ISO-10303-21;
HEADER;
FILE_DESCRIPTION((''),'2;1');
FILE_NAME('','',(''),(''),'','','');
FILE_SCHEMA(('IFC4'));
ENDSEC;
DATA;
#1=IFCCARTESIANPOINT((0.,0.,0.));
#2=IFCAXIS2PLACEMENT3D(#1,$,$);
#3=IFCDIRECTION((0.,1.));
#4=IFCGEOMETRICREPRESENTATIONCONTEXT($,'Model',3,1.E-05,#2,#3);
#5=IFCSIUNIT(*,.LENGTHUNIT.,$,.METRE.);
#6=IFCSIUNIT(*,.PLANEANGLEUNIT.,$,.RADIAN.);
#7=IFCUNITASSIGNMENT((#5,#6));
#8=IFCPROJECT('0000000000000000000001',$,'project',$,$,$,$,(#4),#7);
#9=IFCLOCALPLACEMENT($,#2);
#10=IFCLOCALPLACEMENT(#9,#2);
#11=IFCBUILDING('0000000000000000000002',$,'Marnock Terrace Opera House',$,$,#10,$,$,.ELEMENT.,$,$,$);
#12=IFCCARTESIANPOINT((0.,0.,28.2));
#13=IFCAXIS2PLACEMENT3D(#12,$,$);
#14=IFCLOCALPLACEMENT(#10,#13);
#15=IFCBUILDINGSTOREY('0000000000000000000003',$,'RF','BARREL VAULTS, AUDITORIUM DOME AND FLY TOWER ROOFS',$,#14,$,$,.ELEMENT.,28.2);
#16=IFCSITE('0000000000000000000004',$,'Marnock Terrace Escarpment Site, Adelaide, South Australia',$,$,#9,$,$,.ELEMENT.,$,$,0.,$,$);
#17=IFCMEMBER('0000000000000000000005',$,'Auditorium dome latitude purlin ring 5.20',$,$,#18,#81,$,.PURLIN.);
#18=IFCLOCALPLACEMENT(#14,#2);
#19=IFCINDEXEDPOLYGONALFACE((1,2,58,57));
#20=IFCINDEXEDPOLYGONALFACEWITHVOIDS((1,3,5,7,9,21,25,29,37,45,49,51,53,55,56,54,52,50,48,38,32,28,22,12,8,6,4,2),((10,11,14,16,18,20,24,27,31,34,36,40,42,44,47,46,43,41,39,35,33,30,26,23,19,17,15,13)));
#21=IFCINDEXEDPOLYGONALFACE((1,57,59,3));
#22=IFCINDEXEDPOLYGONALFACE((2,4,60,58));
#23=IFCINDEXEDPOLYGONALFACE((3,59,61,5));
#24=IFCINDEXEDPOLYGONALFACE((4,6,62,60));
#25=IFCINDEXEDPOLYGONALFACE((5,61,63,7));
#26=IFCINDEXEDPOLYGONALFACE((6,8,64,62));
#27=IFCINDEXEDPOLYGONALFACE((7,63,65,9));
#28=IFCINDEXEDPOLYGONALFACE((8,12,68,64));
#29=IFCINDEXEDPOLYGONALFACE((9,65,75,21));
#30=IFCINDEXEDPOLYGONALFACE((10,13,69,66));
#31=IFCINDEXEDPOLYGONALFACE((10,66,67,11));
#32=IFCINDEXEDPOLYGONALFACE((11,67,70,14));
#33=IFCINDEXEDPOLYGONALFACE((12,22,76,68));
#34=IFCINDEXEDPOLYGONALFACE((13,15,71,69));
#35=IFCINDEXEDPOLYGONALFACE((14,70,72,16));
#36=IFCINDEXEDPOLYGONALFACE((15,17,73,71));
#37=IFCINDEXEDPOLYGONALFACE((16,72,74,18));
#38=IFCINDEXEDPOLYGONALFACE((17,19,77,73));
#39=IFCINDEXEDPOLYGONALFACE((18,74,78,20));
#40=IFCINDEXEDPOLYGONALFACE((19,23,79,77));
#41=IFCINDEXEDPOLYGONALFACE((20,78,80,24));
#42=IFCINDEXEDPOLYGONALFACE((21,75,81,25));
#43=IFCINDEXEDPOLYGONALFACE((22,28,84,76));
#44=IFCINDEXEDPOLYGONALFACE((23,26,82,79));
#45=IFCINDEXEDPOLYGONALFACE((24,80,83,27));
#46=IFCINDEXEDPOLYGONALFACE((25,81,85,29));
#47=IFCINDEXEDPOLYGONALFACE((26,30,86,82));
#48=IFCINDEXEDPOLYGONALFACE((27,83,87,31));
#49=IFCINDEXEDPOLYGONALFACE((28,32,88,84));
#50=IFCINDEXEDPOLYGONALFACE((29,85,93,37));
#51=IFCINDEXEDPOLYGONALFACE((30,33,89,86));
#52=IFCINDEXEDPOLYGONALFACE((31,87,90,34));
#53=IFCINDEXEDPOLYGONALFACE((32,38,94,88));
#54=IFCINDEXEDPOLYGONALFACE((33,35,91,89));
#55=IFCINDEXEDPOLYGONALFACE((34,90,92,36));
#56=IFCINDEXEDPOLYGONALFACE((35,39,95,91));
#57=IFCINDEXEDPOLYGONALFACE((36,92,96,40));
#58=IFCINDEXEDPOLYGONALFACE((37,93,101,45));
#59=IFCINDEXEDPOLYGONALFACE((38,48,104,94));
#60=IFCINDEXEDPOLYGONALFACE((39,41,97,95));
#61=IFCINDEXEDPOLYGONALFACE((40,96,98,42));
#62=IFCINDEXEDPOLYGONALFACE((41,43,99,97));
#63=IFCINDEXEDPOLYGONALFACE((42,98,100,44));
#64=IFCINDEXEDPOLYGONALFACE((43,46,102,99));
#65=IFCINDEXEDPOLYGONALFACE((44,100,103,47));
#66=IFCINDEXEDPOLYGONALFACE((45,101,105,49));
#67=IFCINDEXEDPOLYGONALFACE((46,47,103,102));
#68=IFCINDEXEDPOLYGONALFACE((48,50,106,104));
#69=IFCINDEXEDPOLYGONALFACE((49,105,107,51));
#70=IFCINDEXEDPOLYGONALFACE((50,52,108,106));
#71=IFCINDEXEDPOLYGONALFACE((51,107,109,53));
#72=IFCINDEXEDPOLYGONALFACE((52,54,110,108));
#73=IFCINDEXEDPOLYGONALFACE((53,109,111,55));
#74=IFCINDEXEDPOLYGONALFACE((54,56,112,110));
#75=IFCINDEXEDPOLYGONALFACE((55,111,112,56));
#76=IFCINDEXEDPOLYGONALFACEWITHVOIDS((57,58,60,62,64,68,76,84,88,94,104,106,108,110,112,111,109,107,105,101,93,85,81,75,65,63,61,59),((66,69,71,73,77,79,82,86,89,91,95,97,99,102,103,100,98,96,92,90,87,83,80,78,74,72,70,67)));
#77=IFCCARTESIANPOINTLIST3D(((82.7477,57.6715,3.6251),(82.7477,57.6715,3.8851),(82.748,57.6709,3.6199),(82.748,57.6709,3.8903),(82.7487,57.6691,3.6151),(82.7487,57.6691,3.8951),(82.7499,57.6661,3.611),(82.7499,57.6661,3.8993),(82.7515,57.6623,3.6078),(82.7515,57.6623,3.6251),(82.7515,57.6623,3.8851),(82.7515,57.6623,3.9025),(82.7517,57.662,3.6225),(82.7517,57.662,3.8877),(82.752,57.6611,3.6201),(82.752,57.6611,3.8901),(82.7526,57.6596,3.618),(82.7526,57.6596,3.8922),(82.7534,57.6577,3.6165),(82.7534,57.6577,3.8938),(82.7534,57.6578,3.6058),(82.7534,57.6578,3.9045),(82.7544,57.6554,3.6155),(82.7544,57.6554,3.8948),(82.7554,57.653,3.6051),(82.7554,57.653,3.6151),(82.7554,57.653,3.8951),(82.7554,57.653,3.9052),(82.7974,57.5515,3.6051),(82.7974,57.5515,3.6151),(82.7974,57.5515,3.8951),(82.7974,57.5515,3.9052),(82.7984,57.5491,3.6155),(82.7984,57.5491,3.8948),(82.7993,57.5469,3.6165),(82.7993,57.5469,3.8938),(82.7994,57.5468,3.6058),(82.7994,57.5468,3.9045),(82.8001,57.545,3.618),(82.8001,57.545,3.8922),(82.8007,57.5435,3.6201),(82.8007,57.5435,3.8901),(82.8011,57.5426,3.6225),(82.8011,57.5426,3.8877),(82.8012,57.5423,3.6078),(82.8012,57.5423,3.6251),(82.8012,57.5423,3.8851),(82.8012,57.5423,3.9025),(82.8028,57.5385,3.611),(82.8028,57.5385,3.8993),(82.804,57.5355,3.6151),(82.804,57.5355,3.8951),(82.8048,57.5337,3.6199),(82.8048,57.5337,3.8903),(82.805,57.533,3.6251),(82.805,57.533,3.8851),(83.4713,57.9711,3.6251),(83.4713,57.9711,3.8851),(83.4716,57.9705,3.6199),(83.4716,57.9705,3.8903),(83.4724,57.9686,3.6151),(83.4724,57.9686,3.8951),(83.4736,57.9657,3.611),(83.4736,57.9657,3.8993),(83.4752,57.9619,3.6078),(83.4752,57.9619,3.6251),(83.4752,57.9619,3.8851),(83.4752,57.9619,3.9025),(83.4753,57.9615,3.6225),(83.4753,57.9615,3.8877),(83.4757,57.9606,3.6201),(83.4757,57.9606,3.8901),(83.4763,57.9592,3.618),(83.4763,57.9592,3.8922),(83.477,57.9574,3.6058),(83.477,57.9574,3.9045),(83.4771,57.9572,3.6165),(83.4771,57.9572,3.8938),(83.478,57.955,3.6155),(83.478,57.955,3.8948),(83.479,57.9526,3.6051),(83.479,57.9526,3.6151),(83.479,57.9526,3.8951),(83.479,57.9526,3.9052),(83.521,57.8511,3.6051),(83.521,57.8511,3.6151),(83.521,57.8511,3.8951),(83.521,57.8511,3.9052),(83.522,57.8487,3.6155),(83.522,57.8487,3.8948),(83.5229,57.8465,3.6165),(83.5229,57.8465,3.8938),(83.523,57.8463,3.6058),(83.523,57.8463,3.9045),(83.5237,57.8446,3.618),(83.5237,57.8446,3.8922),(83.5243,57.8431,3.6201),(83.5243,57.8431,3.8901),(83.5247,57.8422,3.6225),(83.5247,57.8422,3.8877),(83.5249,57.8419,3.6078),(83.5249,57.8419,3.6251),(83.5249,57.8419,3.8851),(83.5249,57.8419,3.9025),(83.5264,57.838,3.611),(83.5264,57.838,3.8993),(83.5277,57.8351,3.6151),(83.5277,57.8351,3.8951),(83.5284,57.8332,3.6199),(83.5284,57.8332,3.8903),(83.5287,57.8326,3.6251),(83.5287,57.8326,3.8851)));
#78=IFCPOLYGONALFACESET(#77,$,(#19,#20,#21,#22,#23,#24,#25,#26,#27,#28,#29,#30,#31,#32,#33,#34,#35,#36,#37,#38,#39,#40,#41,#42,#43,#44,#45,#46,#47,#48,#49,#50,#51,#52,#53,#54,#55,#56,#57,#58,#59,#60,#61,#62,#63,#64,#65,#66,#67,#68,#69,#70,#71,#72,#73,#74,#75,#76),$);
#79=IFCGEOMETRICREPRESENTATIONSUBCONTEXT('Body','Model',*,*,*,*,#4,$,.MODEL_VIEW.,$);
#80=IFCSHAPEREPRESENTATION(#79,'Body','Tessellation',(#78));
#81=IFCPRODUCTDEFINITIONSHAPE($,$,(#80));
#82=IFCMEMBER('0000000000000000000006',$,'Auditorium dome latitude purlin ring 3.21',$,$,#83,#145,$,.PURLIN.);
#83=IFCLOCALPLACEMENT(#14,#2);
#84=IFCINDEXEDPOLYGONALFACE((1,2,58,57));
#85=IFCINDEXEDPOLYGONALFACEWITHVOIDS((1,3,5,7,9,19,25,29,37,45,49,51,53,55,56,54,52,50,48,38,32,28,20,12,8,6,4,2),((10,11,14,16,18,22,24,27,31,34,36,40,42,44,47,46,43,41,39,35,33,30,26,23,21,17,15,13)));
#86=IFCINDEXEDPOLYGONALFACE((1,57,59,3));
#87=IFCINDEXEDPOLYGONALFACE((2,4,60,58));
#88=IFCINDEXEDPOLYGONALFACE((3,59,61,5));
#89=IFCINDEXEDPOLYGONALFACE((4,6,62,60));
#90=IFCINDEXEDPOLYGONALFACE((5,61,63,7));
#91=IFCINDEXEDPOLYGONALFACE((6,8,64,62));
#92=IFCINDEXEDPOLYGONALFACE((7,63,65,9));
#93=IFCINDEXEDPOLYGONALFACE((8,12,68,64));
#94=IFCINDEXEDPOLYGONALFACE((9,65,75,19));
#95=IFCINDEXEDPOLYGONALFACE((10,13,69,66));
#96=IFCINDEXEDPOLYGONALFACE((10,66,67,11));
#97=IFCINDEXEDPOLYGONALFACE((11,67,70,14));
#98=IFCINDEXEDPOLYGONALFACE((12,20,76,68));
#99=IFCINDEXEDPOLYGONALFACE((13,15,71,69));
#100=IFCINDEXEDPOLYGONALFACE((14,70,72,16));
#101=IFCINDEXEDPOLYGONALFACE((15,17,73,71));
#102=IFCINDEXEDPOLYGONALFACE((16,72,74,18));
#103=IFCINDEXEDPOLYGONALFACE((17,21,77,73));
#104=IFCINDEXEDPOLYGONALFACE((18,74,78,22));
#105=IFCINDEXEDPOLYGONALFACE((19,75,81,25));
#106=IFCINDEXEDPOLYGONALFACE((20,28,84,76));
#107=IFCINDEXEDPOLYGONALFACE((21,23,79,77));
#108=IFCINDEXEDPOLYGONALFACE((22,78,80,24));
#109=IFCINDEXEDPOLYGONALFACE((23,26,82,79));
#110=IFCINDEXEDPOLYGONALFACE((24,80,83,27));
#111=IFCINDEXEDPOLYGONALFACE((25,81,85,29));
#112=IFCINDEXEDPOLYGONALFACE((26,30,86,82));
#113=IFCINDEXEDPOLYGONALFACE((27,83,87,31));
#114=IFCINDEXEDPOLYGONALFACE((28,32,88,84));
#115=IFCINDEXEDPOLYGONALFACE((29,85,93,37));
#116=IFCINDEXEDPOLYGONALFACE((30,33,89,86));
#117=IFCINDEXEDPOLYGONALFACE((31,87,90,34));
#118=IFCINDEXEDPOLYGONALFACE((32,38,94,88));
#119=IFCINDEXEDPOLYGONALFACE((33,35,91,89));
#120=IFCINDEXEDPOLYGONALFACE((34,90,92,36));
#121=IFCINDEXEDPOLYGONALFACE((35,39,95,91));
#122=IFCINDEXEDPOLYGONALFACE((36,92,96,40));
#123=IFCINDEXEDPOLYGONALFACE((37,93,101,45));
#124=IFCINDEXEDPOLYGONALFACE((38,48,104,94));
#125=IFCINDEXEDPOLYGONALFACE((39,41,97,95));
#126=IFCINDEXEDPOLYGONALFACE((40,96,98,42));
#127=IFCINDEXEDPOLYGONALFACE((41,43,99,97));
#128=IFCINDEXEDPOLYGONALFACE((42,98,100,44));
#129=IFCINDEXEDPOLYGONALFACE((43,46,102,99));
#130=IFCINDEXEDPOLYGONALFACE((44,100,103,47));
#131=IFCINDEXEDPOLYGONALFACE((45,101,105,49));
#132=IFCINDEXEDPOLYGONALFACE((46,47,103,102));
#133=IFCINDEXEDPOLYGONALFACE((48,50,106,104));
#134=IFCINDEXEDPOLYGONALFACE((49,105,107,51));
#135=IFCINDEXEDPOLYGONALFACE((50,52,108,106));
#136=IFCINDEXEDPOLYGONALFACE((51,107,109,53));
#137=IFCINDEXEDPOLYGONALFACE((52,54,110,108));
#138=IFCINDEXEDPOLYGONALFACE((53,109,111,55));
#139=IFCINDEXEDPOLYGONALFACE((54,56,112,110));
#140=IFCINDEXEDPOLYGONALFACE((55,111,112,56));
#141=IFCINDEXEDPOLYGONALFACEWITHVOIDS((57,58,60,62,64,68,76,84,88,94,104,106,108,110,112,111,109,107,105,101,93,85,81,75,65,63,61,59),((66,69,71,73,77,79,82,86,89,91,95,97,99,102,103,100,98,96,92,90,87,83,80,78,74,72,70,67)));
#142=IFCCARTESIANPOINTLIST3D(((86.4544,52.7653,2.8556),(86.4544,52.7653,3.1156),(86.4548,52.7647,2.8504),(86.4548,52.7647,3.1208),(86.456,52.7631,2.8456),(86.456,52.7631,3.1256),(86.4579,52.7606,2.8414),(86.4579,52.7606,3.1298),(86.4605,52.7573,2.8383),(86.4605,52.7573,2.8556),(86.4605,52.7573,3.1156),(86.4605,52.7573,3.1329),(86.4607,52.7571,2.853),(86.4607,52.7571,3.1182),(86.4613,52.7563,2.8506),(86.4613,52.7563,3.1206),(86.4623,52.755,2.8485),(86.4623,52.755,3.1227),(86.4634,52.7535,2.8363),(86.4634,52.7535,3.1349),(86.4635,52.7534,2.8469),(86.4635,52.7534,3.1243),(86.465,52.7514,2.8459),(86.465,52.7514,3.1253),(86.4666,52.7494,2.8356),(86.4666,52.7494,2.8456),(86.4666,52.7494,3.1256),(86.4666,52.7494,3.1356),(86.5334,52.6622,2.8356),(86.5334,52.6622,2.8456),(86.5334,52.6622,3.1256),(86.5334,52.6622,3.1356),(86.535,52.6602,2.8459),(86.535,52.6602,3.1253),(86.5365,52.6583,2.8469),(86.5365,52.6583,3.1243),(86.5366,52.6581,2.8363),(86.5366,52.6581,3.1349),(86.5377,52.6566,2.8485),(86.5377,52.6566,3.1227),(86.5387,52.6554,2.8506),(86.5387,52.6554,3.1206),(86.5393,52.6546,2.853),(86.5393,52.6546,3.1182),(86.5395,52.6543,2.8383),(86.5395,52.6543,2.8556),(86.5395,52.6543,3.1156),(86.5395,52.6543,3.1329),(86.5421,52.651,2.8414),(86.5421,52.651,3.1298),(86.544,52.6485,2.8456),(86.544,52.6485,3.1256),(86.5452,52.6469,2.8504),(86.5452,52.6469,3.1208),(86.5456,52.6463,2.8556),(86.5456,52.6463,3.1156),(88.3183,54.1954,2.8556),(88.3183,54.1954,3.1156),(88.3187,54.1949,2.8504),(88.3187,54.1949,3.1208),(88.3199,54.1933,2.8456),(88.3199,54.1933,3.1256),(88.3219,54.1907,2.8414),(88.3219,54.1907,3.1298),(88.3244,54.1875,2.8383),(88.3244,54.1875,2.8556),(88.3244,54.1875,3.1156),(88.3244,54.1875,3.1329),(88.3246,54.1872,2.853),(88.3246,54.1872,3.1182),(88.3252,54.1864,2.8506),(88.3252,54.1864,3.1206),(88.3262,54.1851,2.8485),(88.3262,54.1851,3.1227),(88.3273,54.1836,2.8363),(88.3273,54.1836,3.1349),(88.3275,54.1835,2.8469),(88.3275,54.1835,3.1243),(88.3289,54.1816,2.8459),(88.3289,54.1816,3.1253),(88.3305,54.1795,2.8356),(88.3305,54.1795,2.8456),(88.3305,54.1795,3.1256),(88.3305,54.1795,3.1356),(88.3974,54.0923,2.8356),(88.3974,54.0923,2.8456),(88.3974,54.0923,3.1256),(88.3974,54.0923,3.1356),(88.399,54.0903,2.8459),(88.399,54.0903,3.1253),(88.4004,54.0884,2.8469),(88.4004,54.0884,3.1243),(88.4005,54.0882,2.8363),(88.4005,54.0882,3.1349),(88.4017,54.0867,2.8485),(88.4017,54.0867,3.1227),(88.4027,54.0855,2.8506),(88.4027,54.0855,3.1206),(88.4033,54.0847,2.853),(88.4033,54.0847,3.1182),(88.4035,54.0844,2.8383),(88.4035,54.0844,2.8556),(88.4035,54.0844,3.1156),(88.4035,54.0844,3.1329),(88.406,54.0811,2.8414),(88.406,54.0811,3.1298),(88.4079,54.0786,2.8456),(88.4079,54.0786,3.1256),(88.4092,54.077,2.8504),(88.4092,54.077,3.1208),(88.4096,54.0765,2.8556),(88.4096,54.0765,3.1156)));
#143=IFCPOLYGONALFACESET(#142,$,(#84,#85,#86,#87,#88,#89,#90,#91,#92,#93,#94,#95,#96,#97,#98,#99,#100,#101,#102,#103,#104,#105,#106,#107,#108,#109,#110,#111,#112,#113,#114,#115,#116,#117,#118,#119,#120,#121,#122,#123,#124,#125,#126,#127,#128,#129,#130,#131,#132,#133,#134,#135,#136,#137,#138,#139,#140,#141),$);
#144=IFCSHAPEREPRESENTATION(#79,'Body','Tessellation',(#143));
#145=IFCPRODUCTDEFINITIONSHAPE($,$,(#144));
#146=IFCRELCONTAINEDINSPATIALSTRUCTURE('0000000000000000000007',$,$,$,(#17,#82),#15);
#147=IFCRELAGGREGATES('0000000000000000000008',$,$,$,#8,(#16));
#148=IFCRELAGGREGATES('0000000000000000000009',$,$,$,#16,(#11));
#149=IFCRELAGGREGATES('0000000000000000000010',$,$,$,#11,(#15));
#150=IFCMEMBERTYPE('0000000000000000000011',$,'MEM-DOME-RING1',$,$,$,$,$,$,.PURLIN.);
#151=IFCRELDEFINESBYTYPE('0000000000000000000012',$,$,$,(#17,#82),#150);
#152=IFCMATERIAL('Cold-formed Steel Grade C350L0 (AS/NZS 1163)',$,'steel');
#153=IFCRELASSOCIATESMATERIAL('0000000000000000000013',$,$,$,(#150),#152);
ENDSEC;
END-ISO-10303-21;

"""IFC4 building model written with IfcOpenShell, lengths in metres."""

from ifc_helpers import new_model, si_unit, direction, frame, origin, origin_2d, place, context, subcontext, project, spatial, hollow_rectangle, extrude, material, material_profile, profile_set, type_object, element, save


model = new_model("IFC4")

# Units and contexts
model_context = context("Model", 3, precision=1e-05, world=origin(), true_north=direction((0.0, 1.0)))
body_context = subcontext(model_context, "Body", "Model", "MODEL_VIEW")
ifc_project = project(units=[si_unit("LENGTHUNIT", "METRE"), si_unit("PLANEANGLEUNIT", "RADIAN")], contexts=[model_context])

# Site, building, storey
site_placement = place(None, origin())
site = spatial("IfcSite", under=ifc_project, at=site_placement, Name="Marnock Terrace Escarpment Site, Adelaide, South Australia", CompositionType="ELEMENT", RefElevation=0.0)
building_placement = place(site_placement, origin())
building = spatial("IfcBuilding", under=site, at=building_placement, Name="Marnock Terrace Opera House", CompositionType="ELEMENT")
storey_placement = place(building_placement, frame((0.0, 0.0, 28.2)))
storey = spatial("IfcBuildingStorey", under=building, at=storey_placement, Name="RF", Description="BARREL VAULTS, AUDITORIUM DOME AND FLY TOWER ROOFS", CompositionType="ELEMENT", Elevation=28.2)

# Members
ifc_material_1 = material(Name="Cold-formed Steel Grade C350L0 (AS/NZS 1163)", Category="steel")
ifc_material_profile_1 = material_profile(ifc_material_1, hollow_rectangle(XDim=0.1499, YDim=0.3, WallThickness=0.01, InnerFilletRadius=0.01, OuterFilletRadius=0.02, at=origin_2d()))
ifc_profile_set_1 = profile_set([ifc_material_profile_1], Name="Cold-formed Steel Grade C350L0 (AS/NZS 1163)")
member_type_1 = type_object("IfcMemberType", Name="MEM-DOME-RING1", PredefinedType="PURLIN", material=ifc_profile_set_1)
member_1_placement = place(storey_placement, frame((82.7764, 57.6023, 3.7551), z_axis=(0.92396, 0.382489, 0.0), x_axis=(-0.382489, 0.92396, 0.0)))
element("IfcMember", 1, at=member_1_placement, inside=storey, type_object=member_type_1, Name="Auditorium dome latitude purlin ring 5.20", PredefinedType="PURLIN", context=body_context, shape_type="SweptSolid", body=[
    extrude(hollow_rectangle(XDim=0.1499, YDim=0.3, WallThickness=0.01, InnerFilletRadius=0.01, OuterFilletRadius=0.02, at=origin_2d()), origin(), (0.0, 0.0, 1.0), 0.7832),
])
member_2_placement = place(storey_placement, frame((86.5, 52.7058, 2.9856), z_axis=(0.793381, 0.608726, 0.0), x_axis=(-0.608726, 0.793381, 0.0)))
element("IfcMember", 2, at=member_2_placement, inside=storey, type_object=member_type_1, Name="Auditorium dome latitude purlin ring 3.21", PredefinedType="PURLIN", context=body_context, shape_type="SweptSolid", body=[
    extrude(hollow_rectangle(XDim=0.1499, YDim=0.3, WallThickness=0.01, InnerFilletRadius=0.01, OuterFilletRadius=0.02, at=origin_2d()), origin(), (0.0, 0.0, 1.0), 2.3494),
])

save(model, "model.ifc")
